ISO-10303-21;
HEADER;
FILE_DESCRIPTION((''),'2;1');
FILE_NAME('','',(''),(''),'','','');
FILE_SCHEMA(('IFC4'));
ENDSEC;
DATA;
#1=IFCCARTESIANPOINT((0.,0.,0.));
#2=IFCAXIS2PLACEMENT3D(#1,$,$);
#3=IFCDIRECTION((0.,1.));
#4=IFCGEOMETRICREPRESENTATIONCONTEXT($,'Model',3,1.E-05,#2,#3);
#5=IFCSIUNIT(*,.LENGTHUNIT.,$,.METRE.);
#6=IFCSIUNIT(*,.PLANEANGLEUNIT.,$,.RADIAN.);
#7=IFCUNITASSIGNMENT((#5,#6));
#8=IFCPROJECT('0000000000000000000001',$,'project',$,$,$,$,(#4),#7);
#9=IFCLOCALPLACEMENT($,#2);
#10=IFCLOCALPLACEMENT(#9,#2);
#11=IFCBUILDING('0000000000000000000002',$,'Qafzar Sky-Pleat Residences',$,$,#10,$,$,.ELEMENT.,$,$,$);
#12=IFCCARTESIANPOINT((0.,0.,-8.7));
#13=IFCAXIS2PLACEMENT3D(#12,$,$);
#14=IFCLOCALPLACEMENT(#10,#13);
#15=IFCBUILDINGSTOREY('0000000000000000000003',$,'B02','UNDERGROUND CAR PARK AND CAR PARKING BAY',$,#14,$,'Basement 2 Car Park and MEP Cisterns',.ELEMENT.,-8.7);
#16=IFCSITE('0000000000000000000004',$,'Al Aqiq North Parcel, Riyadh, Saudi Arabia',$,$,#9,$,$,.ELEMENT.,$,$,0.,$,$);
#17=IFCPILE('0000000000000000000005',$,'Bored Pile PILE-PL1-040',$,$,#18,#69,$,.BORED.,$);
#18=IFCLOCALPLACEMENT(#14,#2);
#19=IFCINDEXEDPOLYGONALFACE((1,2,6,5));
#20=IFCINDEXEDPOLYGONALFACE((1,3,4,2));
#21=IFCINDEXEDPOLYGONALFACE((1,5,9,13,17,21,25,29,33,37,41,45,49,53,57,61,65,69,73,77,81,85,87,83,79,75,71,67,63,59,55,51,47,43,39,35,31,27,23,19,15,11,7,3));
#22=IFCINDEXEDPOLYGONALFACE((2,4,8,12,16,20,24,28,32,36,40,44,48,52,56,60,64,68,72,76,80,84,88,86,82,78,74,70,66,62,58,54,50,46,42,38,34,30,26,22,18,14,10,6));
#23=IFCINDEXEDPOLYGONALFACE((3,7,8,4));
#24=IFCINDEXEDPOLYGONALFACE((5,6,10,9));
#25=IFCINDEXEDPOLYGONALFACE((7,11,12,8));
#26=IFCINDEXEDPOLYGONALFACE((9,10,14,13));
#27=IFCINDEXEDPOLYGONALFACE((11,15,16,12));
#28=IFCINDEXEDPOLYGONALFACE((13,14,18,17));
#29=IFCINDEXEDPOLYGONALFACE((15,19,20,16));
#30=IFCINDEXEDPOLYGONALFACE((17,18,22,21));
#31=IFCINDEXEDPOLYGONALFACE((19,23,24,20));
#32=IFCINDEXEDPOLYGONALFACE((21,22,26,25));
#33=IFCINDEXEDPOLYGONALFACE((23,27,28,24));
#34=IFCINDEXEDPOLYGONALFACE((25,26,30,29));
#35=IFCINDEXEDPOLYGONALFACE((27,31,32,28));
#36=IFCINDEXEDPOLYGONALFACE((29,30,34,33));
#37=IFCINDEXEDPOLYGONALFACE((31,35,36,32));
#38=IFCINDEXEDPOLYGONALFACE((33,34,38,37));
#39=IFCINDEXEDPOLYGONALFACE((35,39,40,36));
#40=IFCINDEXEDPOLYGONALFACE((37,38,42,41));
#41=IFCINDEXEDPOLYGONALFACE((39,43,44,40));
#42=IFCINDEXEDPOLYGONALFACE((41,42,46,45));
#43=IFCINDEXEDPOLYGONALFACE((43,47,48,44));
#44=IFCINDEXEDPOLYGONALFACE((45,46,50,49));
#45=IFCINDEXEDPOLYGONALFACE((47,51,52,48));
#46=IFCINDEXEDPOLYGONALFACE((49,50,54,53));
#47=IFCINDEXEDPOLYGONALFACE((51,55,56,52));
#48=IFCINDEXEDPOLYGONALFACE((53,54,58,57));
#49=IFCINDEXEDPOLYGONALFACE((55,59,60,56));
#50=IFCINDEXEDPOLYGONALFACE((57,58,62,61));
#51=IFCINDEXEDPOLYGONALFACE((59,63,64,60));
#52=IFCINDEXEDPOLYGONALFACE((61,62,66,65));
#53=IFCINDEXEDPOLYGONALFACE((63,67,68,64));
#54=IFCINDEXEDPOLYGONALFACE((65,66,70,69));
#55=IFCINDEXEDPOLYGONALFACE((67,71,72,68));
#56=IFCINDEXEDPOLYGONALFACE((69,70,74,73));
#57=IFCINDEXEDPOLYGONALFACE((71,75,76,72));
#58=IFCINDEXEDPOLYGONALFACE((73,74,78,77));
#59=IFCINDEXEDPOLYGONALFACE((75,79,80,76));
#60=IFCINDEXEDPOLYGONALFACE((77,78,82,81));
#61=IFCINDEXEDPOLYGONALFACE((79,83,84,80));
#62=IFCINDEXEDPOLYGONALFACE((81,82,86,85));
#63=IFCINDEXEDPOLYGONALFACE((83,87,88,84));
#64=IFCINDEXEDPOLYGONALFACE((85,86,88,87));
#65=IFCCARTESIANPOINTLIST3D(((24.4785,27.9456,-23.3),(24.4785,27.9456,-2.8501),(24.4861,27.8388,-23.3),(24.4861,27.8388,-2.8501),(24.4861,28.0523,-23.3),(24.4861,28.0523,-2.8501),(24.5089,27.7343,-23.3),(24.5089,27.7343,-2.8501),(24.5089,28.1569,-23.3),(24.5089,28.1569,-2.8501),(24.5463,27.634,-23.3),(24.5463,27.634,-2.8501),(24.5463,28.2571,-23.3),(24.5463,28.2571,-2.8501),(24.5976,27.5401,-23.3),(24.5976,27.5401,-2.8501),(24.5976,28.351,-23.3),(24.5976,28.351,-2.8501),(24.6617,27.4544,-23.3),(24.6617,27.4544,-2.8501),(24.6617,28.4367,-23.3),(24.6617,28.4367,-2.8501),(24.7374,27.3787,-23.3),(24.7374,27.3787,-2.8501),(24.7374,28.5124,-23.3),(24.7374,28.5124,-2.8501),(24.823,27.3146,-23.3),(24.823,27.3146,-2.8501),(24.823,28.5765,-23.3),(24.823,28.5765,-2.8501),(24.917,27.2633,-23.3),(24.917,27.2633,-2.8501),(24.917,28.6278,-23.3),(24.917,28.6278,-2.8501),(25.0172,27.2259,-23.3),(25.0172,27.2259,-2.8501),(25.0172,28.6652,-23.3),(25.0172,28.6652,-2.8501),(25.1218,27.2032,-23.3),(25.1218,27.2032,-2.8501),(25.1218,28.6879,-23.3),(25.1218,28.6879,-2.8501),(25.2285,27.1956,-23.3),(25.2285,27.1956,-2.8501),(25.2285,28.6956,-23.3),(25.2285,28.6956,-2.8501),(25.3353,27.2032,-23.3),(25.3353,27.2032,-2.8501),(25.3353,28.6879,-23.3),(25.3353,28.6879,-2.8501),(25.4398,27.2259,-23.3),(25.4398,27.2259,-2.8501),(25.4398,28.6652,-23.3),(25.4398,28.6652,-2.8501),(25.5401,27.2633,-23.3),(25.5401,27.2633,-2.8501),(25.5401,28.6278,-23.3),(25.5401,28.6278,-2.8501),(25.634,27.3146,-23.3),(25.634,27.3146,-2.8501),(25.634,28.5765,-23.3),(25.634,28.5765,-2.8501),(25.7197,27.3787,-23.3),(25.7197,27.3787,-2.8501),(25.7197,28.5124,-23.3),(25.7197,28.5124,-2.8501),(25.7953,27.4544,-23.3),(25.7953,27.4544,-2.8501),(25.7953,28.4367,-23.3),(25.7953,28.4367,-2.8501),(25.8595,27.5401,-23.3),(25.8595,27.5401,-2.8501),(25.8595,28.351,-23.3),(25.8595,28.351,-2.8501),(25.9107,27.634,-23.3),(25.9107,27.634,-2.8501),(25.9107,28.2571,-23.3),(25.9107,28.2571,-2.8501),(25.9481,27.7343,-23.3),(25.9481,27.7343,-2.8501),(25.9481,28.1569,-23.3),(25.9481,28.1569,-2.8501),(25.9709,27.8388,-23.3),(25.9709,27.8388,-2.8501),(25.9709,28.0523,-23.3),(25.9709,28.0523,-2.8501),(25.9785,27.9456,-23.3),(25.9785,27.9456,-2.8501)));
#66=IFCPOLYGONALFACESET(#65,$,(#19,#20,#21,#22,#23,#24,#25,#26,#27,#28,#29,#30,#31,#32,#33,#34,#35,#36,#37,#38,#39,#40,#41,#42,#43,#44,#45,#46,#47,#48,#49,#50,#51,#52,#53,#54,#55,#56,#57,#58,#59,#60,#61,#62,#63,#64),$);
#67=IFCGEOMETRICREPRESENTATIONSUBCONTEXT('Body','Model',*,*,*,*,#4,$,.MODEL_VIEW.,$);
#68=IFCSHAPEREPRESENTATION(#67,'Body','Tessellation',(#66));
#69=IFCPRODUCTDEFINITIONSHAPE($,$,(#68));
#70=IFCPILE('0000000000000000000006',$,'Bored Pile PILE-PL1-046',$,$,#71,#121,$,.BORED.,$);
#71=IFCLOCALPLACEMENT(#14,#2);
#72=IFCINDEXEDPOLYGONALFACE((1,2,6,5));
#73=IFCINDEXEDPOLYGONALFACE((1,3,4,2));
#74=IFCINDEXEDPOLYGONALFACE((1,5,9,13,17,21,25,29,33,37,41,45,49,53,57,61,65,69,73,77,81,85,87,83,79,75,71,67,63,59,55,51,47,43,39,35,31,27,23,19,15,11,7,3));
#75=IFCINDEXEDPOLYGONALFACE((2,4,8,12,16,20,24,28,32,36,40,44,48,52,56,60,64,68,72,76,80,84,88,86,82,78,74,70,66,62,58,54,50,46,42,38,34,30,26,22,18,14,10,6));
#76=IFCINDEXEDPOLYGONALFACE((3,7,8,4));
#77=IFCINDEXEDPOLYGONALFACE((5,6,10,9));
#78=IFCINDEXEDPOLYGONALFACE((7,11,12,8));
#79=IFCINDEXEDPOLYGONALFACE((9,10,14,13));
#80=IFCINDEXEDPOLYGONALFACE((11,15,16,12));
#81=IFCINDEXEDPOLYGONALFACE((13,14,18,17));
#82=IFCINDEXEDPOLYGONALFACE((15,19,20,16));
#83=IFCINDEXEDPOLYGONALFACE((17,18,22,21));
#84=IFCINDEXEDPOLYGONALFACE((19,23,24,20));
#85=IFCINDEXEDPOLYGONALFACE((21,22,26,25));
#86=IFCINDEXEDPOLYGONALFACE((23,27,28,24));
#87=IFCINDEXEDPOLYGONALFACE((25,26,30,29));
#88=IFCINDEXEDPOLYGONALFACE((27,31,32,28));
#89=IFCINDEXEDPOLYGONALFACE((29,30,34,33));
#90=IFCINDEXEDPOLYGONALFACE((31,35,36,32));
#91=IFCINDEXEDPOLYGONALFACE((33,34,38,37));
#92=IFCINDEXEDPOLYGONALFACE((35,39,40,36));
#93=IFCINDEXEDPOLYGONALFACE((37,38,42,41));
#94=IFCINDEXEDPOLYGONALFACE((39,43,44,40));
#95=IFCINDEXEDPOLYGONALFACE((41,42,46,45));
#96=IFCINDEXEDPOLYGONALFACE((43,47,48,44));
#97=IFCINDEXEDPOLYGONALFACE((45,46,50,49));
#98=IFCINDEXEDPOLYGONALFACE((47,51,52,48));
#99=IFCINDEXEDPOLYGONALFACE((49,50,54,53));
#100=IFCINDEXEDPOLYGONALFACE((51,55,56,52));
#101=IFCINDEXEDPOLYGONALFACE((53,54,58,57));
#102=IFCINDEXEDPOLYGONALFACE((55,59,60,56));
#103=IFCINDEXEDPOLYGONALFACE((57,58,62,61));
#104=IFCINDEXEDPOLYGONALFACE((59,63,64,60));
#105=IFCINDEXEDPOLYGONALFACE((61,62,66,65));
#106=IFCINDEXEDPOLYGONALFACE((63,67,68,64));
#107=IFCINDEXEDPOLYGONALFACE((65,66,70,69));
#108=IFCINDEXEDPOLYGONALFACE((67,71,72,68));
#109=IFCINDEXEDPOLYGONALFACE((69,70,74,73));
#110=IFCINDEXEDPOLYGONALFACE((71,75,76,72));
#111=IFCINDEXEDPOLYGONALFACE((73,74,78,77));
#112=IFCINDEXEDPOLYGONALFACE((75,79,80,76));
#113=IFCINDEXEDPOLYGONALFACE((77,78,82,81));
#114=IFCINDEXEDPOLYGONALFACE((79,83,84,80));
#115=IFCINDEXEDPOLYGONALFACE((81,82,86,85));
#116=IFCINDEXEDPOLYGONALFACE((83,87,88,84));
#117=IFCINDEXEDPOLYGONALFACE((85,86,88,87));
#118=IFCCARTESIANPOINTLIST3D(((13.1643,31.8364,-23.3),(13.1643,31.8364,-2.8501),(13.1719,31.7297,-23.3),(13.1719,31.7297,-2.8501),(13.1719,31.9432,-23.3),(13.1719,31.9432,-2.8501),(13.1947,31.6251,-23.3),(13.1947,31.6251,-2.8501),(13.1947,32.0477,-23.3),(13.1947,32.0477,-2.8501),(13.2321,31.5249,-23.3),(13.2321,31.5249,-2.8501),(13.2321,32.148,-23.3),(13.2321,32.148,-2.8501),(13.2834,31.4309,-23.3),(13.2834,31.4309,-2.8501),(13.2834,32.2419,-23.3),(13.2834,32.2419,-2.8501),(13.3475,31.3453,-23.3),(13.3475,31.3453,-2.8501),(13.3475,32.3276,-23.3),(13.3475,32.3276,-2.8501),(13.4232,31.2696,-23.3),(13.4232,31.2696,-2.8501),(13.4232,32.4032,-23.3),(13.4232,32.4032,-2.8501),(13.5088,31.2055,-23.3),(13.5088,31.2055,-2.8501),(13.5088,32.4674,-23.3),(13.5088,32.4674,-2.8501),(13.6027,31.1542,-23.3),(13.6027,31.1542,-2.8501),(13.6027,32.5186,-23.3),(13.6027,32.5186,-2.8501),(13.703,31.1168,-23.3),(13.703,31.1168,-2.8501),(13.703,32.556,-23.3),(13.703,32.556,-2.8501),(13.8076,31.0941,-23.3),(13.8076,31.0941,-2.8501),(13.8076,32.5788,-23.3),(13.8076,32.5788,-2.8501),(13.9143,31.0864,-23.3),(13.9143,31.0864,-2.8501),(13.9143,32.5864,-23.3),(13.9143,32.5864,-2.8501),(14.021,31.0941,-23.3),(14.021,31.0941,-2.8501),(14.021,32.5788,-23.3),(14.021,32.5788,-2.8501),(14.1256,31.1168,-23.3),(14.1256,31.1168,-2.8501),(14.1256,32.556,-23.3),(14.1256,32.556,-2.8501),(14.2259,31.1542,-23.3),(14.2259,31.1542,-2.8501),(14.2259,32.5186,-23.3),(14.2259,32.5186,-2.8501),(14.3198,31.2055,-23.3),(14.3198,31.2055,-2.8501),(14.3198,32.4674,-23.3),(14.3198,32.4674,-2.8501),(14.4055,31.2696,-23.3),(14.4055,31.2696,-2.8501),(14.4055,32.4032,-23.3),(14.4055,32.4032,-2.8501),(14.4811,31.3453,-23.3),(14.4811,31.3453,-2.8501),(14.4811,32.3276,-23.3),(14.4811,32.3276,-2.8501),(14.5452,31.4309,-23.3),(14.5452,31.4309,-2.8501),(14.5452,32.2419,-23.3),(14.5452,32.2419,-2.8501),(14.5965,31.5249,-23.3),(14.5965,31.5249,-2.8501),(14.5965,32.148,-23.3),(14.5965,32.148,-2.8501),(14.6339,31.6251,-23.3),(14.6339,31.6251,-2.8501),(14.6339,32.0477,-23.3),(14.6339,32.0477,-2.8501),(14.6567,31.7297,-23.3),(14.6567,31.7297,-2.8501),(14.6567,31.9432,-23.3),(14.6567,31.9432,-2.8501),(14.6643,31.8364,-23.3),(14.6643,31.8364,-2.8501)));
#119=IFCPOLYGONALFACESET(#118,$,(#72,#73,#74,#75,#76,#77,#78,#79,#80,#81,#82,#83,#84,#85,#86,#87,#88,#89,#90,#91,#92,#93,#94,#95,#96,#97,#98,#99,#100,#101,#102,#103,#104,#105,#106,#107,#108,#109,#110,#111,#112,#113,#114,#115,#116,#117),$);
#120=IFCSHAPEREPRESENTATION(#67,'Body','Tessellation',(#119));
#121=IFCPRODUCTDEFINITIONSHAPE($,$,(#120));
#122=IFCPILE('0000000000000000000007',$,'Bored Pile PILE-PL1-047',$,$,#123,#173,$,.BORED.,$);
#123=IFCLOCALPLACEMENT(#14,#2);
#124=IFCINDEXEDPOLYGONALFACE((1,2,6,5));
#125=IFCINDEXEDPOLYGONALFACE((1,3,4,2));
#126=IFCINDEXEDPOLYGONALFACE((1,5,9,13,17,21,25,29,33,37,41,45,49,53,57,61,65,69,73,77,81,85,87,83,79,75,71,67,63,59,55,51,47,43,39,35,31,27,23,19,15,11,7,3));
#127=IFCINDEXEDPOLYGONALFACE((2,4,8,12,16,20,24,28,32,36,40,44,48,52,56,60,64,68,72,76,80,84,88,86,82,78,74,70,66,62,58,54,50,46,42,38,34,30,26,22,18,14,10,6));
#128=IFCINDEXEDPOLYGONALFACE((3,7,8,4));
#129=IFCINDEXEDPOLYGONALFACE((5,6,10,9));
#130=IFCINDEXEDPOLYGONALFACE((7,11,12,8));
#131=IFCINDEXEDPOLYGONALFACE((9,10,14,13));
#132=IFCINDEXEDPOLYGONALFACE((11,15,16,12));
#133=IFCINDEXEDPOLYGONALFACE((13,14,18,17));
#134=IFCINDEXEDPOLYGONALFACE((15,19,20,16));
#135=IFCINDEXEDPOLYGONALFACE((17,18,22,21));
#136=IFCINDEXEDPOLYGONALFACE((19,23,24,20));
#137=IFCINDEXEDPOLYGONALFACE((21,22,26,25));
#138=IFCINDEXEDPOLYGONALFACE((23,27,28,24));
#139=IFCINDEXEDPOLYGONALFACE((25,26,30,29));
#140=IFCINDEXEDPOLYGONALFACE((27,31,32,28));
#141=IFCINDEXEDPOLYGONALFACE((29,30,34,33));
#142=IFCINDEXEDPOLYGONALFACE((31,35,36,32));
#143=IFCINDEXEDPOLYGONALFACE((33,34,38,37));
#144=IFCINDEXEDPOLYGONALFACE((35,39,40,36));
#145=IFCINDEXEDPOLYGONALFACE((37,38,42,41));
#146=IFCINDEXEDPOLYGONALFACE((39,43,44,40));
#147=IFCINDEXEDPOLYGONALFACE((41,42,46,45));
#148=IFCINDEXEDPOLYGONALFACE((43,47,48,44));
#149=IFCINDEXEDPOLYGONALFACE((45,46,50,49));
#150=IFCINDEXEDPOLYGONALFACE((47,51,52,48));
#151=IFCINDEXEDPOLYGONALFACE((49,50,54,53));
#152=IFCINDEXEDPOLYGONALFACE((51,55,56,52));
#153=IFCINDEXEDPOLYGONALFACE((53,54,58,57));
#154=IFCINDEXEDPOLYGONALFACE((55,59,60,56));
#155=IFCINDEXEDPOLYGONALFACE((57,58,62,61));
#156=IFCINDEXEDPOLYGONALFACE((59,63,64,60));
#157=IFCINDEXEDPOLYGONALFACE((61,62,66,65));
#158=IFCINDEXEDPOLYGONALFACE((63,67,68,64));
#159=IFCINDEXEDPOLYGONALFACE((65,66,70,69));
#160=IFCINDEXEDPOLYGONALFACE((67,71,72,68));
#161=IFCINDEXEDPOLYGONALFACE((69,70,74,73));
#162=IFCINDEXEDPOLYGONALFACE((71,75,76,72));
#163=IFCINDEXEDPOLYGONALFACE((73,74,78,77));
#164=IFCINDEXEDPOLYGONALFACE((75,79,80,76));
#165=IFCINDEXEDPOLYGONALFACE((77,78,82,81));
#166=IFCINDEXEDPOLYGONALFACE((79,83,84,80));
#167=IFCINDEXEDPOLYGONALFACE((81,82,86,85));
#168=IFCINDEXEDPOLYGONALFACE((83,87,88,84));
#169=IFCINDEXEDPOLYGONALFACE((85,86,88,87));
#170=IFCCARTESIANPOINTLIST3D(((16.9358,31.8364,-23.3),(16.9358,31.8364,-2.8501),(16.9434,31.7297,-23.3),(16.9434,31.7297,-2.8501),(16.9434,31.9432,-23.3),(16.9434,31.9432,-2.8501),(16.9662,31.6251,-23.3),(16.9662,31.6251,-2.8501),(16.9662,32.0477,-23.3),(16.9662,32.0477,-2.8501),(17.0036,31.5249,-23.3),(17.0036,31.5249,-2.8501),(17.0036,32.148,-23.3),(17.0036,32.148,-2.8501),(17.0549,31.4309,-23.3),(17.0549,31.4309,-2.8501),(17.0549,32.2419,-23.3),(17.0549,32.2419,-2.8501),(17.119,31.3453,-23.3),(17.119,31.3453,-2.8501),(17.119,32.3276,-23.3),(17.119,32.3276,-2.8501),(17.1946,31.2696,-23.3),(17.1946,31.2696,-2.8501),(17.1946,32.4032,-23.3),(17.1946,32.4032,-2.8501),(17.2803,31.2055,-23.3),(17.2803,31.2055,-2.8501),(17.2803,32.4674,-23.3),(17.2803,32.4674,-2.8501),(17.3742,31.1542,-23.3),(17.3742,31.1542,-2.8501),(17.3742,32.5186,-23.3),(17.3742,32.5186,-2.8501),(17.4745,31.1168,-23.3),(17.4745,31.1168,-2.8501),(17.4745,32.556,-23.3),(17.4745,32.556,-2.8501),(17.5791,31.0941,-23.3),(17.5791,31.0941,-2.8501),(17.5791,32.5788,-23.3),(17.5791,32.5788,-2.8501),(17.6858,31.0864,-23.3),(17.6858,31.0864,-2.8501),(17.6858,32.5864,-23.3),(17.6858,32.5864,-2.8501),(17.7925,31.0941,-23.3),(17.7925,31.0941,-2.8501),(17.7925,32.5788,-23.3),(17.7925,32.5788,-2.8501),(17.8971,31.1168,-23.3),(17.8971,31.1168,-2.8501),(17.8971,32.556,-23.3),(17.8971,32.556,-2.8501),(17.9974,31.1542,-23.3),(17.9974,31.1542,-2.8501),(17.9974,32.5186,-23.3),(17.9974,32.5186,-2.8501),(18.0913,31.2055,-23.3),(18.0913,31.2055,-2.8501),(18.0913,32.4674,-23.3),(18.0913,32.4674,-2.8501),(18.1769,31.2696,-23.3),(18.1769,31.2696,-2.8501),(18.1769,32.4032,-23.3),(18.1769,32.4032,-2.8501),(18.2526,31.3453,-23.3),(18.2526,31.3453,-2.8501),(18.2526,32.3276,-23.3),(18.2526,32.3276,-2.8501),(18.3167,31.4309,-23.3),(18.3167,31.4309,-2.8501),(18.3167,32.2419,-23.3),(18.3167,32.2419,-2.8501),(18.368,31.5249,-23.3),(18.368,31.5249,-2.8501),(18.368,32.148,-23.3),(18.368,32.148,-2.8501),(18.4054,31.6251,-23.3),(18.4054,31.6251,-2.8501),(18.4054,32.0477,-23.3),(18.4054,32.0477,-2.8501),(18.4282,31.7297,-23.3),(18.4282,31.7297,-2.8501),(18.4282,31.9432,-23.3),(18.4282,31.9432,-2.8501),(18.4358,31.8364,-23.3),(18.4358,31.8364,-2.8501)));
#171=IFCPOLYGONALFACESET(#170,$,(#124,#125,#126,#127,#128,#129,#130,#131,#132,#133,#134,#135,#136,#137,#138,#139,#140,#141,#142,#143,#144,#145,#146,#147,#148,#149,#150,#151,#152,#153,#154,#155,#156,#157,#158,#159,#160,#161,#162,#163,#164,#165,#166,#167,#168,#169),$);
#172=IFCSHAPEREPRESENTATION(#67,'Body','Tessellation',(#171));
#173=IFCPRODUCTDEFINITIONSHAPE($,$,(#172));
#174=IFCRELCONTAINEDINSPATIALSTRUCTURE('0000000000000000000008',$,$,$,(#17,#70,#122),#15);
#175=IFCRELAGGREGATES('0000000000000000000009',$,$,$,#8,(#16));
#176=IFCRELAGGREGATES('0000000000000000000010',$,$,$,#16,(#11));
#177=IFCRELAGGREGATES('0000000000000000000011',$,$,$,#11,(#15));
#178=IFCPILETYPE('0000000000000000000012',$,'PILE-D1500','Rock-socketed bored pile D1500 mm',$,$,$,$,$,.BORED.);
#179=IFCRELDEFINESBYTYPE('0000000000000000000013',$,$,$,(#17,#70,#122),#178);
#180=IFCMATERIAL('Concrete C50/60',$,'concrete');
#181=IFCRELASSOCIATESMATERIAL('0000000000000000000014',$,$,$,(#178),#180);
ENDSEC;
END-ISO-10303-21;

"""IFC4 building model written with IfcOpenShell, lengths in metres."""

from ifc_helpers import new_model, si_unit, direction, frame, origin, origin_2d, place, context, subcontext, project, spatial, circle, extrude, source, transform, mapped, material, material_profile, profile_set, type_object, element, save


model = new_model("IFC4")

# Units and contexts
model_context = context("Model", 3, precision=1e-05, world=origin(), true_north=direction((0.0, 1.0)))
body_context = subcontext(model_context, "Body", "Model", "MODEL_VIEW")
ifc_project = project(units=[si_unit("LENGTHUNIT", "METRE"), si_unit("PLANEANGLEUNIT", "RADIAN")], contexts=[model_context])

# Site, building, storey
site_placement = place(None, origin())
site = spatial("IfcSite", under=ifc_project, at=site_placement, Name="Al Aqiq North Parcel, Riyadh, Saudi Arabia", CompositionType="ELEMENT", RefElevation=0.0)
building_placement = place(site_placement, origin())
building = spatial("IfcBuilding", under=site, at=building_placement, Name="Qafzar Sky-Pleat Residences", CompositionType="ELEMENT")
storey_placement = place(building_placement, frame((0.0, 0.0, -8.7)))
storey = spatial("IfcBuildingStorey", under=building, at=storey_placement, Name="B02", Description="UNDERGROUND CAR PARK AND CAR PARKING BAY", LongName="Basement 2 Car Park and MEP Cisterns", CompositionType="ELEMENT", Elevation=-8.7)

# Piles
ifc_material_1 = material(Name="Concrete C50/60", Category="concrete")
ifc_material_profile_1 = material_profile(ifc_material_1, circle(Radius=0.75, at=origin_2d()), Name="PILE D1500")
ifc_profile_set_1 = profile_set([ifc_material_profile_1], Name="Concrete C50/60")
pile_type = type_object("IfcPileType", Name="PILE-D1500", Description="Rock-socketed bored pile D1500 mm", PredefinedType="BORED", material=ifc_profile_set_1)
shared_shape_1 = source(origin(), body_context, "Body", "SweptSolid", [
    extrude(circle(Radius=0.75, at=origin_2d()), origin(), (0.0, 0.0, 1.0), 20.45),
])
for number, where, z_axis, x_axis, name in (
    (1, (25.2285, 27.9456, -2.8501), (0.0, 0.0, -1.0), (1.0, 0.0, 0.0), "Bored Pile PILE-PL1-040"),
    (2, (13.9143, 31.8364, -2.8501), (0.0, 0.0, -1.0), (1.0, 0.0, 0.0), "Bored Pile PILE-PL1-046"),
    (3, (17.6858, 31.8364, -2.8501), (0.0, 0.0, -1.0), (1.0, 0.0, 0.0), "Bored Pile PILE-PL1-047"),
):
    element("IfcPile", number, at=place(storey_placement, frame(where, z_axis=z_axis, x_axis=x_axis)), inside=storey, type_object=pile_type, Name=name, PredefinedType="BORED", context=body_context, shape_type="MappedRepresentation", body=[
        mapped(shared_shape_1, transform((0.0, 0.0, 0.0), x_axis=(1.0, 0.0, 0.0), y_axis=(0.0, 1.0, 0.0), z_axis=(0.0, 0.0, 1.0), scale=1.0)),
    ])

save(model, "model.ifc")
